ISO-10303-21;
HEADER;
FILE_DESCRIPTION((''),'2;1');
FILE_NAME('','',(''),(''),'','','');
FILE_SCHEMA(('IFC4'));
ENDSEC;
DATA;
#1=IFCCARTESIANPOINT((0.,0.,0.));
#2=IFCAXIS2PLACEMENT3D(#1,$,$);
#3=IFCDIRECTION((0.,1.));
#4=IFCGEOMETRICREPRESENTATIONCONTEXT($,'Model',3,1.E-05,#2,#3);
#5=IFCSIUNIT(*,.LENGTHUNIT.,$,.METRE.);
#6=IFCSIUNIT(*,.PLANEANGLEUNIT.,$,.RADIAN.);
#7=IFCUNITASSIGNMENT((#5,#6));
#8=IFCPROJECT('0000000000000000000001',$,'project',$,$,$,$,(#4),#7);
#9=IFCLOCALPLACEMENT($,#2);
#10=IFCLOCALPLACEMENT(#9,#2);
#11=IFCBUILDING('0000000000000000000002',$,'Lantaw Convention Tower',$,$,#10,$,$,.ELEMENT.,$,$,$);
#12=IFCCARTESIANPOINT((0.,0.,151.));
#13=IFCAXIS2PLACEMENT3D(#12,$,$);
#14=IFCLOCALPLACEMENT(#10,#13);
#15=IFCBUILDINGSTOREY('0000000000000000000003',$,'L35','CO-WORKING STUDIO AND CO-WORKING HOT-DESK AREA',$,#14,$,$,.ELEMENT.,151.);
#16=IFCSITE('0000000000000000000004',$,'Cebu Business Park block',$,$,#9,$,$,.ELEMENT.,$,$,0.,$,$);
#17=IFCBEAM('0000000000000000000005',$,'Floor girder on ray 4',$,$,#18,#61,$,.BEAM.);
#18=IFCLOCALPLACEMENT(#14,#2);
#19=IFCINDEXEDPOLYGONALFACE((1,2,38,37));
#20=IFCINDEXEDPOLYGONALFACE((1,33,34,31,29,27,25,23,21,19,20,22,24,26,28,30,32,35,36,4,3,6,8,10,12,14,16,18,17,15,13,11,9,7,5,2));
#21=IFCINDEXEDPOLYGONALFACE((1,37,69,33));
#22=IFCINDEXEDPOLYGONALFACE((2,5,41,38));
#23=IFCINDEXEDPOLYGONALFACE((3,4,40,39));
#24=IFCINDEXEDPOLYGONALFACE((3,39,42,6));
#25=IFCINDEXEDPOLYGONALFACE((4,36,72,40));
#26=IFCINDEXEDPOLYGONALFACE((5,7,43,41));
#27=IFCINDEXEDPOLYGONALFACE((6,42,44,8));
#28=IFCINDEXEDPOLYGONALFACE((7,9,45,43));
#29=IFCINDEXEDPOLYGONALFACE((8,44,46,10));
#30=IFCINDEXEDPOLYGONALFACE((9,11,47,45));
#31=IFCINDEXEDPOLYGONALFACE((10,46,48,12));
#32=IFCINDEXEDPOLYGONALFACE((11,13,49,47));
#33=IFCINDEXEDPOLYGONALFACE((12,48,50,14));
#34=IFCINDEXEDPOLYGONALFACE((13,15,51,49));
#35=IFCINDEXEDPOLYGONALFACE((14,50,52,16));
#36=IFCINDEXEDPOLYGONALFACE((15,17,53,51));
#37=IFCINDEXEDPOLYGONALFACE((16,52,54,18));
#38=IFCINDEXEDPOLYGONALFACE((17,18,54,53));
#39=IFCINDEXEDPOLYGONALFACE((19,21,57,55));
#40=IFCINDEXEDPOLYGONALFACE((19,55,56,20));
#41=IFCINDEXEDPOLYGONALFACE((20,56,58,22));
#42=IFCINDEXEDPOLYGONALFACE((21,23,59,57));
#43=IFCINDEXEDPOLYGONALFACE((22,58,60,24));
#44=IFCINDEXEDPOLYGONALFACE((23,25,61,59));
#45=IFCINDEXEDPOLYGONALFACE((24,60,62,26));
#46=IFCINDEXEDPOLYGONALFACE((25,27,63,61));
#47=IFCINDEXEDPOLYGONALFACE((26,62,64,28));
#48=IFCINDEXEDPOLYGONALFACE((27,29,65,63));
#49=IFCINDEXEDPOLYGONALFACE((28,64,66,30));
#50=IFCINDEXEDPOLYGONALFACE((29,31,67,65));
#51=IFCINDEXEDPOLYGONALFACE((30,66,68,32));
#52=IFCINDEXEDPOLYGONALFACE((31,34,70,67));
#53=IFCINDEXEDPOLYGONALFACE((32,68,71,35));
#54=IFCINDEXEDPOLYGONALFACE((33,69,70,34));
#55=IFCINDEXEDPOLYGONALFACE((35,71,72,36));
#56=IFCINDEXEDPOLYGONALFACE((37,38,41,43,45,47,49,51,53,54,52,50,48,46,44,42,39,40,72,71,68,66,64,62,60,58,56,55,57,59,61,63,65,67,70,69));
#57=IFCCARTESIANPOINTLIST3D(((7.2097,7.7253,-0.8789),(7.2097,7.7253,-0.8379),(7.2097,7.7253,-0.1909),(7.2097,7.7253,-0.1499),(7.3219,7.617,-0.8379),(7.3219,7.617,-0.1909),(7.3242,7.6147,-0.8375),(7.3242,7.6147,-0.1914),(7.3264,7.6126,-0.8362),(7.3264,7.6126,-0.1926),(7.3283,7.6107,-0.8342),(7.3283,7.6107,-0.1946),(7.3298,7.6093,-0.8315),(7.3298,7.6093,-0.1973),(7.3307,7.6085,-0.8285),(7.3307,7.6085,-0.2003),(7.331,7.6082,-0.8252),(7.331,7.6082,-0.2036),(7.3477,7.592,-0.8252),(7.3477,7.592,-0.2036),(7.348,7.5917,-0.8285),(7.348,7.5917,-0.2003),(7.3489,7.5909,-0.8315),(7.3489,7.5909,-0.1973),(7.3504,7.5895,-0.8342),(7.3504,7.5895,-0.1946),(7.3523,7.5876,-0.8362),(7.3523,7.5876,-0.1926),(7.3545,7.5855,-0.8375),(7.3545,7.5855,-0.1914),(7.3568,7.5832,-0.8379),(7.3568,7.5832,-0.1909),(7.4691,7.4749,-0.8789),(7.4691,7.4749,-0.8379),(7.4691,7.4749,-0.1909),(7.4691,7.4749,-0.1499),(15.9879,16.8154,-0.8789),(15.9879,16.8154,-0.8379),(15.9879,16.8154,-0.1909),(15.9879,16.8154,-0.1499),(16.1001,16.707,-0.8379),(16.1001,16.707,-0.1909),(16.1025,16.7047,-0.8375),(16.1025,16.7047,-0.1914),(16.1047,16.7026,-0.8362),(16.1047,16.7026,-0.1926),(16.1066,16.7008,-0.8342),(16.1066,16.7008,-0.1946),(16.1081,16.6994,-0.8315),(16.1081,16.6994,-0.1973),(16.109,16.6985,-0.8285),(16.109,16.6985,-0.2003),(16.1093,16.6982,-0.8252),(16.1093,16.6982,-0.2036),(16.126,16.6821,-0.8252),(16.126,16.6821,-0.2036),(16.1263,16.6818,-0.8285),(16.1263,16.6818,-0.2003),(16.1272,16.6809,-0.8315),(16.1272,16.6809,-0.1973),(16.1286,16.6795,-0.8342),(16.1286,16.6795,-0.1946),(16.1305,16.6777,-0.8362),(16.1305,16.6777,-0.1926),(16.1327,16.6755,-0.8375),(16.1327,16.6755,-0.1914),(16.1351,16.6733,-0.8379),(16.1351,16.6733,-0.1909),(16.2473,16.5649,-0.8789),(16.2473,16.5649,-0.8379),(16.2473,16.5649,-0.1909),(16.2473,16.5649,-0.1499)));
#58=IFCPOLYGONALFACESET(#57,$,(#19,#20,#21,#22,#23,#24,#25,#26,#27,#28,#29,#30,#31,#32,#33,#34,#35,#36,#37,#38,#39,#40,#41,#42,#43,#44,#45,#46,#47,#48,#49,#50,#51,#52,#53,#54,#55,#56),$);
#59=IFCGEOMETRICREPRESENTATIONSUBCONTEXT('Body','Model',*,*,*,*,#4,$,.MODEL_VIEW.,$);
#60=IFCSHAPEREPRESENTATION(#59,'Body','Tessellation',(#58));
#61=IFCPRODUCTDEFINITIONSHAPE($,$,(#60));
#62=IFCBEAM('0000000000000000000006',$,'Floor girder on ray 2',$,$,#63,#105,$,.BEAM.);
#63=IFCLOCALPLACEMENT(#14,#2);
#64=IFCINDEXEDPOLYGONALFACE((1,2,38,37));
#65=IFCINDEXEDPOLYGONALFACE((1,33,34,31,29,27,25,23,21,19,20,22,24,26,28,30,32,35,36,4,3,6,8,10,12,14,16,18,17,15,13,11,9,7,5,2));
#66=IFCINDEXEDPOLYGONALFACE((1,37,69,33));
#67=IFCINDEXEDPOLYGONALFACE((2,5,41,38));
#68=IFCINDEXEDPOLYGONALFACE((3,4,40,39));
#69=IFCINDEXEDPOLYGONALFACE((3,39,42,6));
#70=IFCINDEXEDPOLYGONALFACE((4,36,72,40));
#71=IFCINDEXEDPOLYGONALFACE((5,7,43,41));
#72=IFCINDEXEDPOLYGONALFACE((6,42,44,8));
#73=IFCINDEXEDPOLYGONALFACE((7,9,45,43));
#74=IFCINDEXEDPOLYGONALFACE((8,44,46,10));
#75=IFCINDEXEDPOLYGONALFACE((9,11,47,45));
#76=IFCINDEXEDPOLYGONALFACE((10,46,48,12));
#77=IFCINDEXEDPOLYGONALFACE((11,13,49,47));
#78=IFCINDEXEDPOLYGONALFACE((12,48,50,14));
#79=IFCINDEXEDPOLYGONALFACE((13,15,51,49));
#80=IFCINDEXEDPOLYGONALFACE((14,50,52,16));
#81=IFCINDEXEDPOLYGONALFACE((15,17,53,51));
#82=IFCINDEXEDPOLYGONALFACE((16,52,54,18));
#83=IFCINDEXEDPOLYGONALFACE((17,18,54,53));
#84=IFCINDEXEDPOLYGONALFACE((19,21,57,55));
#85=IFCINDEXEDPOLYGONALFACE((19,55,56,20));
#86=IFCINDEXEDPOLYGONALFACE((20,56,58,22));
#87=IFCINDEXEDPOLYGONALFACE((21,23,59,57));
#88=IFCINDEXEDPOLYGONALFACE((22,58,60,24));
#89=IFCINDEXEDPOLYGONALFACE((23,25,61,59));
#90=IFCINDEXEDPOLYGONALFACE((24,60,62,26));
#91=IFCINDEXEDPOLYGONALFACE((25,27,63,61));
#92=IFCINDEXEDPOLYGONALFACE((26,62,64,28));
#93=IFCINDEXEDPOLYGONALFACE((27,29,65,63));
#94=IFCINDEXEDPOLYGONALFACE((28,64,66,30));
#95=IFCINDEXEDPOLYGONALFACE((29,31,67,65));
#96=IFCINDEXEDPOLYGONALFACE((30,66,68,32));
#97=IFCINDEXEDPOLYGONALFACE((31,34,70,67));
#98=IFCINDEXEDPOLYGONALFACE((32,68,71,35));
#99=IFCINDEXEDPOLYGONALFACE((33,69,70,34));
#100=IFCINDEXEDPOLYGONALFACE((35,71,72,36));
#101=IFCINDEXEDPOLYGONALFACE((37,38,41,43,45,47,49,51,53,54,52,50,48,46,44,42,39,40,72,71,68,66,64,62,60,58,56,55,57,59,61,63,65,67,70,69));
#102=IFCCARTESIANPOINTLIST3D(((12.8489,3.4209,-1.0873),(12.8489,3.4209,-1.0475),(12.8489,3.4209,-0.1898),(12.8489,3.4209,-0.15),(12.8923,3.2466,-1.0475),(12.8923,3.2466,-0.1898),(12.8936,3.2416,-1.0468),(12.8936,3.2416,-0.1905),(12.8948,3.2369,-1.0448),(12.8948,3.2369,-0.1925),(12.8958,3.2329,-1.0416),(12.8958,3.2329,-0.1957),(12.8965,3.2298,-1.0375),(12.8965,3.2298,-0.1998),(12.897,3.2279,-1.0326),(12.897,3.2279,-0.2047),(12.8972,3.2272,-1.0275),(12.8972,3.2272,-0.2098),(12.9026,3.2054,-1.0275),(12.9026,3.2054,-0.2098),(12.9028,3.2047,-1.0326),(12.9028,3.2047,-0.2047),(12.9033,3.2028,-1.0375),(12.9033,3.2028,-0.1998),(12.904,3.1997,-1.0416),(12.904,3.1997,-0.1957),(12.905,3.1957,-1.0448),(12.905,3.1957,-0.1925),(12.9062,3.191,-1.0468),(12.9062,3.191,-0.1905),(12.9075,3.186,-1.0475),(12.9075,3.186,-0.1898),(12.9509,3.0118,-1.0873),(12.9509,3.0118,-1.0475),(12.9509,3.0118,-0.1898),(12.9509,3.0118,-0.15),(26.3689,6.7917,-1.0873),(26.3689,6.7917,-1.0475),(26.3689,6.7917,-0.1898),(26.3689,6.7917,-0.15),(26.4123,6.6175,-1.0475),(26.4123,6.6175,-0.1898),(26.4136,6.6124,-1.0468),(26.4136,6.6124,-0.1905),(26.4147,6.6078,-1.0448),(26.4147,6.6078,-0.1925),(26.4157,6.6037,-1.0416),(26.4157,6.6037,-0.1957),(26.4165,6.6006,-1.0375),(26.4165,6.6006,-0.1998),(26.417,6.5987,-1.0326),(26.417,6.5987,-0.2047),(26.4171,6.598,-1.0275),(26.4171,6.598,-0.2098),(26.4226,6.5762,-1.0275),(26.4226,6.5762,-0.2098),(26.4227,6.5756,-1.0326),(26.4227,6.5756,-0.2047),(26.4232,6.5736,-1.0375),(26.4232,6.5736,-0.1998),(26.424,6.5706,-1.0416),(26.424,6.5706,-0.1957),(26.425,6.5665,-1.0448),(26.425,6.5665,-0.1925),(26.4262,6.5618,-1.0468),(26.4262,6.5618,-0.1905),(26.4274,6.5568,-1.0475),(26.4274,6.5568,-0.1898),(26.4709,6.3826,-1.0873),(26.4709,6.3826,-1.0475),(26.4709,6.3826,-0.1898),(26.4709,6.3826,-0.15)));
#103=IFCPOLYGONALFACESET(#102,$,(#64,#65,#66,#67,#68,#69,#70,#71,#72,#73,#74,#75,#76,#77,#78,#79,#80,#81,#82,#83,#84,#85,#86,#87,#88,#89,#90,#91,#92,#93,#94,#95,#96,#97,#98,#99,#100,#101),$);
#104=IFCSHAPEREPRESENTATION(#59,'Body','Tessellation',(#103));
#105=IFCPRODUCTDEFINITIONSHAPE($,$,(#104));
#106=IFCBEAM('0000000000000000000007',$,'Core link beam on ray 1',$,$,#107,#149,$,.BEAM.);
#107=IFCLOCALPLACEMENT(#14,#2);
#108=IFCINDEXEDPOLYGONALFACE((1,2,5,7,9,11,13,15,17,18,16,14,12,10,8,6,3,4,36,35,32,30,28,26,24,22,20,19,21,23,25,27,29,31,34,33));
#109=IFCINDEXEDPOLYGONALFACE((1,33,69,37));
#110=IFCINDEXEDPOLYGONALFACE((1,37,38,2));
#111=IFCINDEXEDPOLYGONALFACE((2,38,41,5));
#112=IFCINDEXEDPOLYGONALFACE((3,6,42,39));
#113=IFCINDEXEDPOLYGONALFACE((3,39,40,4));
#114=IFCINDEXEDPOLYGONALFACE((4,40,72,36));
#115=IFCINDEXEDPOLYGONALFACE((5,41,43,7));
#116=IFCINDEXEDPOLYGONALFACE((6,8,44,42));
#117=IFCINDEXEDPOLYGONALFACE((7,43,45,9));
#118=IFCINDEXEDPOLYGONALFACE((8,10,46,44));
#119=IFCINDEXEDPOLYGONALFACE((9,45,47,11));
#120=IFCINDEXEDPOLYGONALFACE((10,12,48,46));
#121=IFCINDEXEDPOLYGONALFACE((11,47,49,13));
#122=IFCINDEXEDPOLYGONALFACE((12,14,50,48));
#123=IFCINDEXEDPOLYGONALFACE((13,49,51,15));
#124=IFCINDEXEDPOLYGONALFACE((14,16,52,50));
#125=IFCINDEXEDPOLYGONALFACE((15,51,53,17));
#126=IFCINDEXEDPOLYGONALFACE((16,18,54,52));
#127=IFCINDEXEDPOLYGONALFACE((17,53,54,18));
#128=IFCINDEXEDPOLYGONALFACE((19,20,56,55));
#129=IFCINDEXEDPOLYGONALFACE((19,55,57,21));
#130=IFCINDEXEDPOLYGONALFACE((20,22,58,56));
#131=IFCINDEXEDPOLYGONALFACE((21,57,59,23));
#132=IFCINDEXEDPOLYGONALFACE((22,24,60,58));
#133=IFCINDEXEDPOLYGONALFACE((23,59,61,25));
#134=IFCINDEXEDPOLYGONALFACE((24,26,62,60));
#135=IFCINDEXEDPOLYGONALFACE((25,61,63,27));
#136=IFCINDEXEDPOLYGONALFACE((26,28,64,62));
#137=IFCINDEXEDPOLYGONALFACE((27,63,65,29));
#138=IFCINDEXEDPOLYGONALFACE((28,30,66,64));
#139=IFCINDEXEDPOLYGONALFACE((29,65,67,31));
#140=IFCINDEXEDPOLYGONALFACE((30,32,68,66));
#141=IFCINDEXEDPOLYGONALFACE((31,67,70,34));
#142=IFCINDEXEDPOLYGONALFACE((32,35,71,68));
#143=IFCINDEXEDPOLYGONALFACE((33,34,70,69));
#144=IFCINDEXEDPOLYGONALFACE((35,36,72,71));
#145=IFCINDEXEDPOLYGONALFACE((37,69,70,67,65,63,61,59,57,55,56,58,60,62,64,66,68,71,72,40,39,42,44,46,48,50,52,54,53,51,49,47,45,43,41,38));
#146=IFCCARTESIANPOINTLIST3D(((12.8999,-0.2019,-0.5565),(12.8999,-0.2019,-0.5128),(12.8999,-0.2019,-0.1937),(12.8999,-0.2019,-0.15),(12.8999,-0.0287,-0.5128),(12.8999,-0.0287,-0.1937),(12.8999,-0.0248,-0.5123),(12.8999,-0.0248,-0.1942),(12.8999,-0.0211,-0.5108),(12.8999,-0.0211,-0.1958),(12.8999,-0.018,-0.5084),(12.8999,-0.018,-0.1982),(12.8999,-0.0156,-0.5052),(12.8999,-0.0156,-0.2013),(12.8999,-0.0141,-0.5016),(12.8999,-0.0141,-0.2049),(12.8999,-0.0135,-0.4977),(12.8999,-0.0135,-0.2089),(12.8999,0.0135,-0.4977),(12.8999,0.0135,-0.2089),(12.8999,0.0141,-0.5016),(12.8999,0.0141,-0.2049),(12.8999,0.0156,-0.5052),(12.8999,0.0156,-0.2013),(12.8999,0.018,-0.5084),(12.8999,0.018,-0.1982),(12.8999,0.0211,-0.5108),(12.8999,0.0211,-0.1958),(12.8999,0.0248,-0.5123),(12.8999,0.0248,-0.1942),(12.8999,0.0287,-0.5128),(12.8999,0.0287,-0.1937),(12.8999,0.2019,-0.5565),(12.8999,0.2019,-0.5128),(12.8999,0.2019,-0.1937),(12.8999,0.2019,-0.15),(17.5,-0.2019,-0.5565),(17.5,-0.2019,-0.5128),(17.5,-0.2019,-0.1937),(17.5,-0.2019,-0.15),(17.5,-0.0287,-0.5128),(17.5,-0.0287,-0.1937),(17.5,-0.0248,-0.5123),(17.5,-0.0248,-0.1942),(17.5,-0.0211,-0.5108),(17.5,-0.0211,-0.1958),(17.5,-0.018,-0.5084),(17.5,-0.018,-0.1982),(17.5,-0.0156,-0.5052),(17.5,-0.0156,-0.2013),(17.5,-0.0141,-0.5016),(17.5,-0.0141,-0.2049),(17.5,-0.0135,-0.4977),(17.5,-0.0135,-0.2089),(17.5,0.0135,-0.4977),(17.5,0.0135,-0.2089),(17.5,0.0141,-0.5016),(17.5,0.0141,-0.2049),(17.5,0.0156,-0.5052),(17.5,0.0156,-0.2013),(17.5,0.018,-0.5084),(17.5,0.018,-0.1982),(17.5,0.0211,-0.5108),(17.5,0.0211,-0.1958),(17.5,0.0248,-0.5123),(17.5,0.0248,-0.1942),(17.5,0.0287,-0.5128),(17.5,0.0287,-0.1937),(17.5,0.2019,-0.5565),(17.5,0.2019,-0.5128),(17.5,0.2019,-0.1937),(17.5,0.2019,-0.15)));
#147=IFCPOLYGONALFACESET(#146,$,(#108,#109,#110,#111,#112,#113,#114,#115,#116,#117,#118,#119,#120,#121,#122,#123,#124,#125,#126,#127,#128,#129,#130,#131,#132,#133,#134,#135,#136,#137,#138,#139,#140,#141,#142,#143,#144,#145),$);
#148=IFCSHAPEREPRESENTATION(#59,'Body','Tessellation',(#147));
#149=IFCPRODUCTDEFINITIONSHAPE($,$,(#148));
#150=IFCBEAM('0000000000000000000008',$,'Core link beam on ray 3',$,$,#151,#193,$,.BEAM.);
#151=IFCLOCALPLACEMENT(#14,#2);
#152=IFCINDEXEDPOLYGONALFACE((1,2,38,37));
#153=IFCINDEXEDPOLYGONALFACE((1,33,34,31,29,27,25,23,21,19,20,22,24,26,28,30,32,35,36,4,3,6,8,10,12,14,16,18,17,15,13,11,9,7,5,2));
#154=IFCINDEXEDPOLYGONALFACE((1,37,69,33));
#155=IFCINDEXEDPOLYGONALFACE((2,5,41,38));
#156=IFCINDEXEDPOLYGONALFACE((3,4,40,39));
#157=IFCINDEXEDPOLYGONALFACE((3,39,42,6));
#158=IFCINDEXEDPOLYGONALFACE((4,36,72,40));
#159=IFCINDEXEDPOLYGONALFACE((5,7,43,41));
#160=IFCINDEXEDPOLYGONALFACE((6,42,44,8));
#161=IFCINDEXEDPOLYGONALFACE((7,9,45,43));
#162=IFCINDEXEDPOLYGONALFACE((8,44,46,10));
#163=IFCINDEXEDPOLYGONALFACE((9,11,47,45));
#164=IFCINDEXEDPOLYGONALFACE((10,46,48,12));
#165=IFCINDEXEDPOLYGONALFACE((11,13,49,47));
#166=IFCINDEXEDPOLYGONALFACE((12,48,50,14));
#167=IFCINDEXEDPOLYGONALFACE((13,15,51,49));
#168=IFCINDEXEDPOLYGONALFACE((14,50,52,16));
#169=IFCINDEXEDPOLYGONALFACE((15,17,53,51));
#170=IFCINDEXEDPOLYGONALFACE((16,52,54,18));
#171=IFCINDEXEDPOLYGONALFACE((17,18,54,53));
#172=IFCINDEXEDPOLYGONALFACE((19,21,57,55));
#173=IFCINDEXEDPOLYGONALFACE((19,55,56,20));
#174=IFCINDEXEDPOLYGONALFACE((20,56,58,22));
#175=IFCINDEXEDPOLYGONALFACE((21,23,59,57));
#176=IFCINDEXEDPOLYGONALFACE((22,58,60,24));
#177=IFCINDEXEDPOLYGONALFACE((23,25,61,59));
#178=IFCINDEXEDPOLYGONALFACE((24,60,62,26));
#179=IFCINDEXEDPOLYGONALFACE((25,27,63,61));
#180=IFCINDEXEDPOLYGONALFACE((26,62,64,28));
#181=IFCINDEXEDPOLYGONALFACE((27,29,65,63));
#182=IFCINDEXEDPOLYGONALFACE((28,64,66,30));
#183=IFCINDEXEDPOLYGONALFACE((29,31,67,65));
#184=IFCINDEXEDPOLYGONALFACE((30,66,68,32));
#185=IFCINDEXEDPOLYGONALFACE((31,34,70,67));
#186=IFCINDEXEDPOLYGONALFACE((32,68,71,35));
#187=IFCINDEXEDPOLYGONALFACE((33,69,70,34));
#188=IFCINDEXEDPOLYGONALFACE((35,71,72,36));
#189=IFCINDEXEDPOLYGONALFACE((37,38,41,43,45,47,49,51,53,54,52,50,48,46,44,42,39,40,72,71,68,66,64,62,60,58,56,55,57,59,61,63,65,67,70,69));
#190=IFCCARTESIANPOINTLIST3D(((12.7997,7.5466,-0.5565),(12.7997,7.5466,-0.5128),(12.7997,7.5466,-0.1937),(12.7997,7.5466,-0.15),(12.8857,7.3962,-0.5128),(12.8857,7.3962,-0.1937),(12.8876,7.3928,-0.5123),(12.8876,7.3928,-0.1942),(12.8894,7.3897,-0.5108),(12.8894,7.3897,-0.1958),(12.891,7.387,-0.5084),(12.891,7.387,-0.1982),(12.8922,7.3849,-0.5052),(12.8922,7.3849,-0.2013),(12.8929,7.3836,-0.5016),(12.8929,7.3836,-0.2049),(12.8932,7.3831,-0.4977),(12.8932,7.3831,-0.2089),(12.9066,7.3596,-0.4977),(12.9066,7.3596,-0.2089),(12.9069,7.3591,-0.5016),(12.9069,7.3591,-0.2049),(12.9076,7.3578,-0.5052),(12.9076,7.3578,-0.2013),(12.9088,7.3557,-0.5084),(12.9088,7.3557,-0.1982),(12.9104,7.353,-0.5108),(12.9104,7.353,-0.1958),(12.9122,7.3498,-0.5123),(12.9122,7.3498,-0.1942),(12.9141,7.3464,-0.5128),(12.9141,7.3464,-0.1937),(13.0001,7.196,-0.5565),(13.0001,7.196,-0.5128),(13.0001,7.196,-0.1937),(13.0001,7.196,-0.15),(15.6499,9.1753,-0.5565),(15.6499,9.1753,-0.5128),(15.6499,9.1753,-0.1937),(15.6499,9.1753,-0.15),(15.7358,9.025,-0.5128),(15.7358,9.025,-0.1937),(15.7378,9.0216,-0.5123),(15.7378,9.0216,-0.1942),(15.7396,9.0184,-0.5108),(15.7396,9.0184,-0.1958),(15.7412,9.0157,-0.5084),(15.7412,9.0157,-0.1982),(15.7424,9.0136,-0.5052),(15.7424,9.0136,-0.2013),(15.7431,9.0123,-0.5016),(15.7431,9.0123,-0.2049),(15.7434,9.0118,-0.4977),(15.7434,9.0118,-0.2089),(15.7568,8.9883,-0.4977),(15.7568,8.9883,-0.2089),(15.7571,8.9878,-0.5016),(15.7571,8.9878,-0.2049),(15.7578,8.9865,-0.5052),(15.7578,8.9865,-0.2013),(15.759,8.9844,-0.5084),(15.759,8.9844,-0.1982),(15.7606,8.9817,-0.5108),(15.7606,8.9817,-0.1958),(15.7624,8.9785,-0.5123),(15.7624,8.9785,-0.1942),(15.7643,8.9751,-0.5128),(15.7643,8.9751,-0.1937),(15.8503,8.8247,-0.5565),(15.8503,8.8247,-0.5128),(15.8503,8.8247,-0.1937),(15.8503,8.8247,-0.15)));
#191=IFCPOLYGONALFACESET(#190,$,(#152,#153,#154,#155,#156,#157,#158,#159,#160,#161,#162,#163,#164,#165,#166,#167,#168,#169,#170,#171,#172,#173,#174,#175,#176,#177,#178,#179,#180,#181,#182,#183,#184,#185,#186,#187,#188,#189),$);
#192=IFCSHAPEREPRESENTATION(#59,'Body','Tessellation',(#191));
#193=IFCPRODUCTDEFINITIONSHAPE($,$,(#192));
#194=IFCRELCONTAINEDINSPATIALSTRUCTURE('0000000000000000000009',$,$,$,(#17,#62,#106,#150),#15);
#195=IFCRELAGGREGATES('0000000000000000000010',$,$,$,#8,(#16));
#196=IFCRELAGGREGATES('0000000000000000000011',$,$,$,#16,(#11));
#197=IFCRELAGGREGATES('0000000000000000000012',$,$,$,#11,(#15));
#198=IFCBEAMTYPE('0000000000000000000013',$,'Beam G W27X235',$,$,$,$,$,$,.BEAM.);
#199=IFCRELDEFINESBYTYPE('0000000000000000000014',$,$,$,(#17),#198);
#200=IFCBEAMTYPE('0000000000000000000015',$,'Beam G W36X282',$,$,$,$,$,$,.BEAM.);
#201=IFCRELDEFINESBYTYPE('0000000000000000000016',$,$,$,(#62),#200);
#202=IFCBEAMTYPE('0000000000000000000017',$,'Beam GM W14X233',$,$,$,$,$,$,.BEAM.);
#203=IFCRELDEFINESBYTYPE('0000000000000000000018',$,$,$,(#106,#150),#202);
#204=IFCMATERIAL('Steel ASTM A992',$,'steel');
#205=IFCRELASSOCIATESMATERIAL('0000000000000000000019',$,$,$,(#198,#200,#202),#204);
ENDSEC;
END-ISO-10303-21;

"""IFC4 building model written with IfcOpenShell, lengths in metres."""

from ifc_helpers import new_model, si_unit, direction, frame, origin, origin_2d, place, context, subcontext, project, spatial, i_section, extrude, material, material_profile, profile_set, type_object, element, save


model = new_model("IFC4")

# Units and contexts
model_context = context("Model", 3, precision=1e-05, world=origin(), true_north=direction((0.0, 1.0)))
body_context = subcontext(model_context, "Body", "Model", "MODEL_VIEW")
ifc_project = project(units=[si_unit("LENGTHUNIT", "METRE"), si_unit("PLANEANGLEUNIT", "RADIAN")], contexts=[model_context])

# Site, building, storey
site_placement = place(None, origin())
site = spatial("IfcSite", under=ifc_project, at=site_placement, Name="Cebu Business Park block", CompositionType="ELEMENT", RefElevation=0.0)
building_placement = place(site_placement, origin())
building = spatial("IfcBuilding", under=site, at=building_placement, Name="Lantaw Convention Tower", CompositionType="ELEMENT")
storey_placement = place(building_placement, frame((0.0, 0.0, 151.0)))
storey = spatial("IfcBuildingStorey", under=building, at=storey_placement, Name="L35", Description="CO-WORKING STUDIO AND CO-WORKING HOT-DESK AREA", CompositionType="ELEMENT", Elevation=151.0)

# Beams
ifc_material_1 = material(Name="Steel ASTM A992", Category="steel")
ifc_material_profile_1 = material_profile(ifc_material_1, i_section(OverallWidth=0.3606, OverallDepth=0.729, WebThickness=0.0232, FlangeThickness=0.041, FilletRadius=0.0127, at=origin_2d()), Name="W27X235")
ifc_profile_set_1 = profile_set([ifc_material_profile_1], Name="Steel ASTM A992")
beam_type_1 = type_object("IfcBeamType", Name="Beam G W27X235", PredefinedType="BEAM", material=ifc_profile_set_1)
beam_1_placement = place(storey_placement, frame((7.3394, 7.6001, -0.5144), z_axis=(0.694663, 0.719335, 0.0), x_axis=(-0.719335, 0.694663, 0.0)))
element("IfcBeam", 1, at=beam_1_placement, inside=storey, type_object=beam_type_1, Name="Floor girder on ray 4", PredefinedType="BEAM", context=body_context, shape_type="SweptSolid", body=[
    extrude(i_section(OverallWidth=0.3606, OverallDepth=0.729, WebThickness=0.0232, FlangeThickness=0.041, FilletRadius=0.0127, at=origin_2d()), origin(), (0.0, 0.0, 1.0), 12.6367),
])
ifc_material_profile_2 = material_profile(ifc_material_1, i_section(OverallWidth=0.4216, OverallDepth=0.9373, WebThickness=0.0225, FlangeThickness=0.0398, FilletRadius=0.02, at=origin_2d()), Name="W36X282")
ifc_profile_set_2 = profile_set([ifc_material_profile_2], Name="Steel ASTM A992")
beam_type_2 = type_object("IfcBeamType", Name="Beam G W36X282", PredefinedType="BEAM", material=ifc_profile_set_2)
beam_2_placement = place(storey_placement, frame((12.8999, 3.2163, -0.6187), z_axis=(0.970297, 0.241917, 0.0), x_axis=(-0.241917, 0.970297, 0.0)))
element("IfcBeam", 2, at=beam_2_placement, inside=storey, type_object=beam_type_2, Name="Floor girder on ray 2", PredefinedType="BEAM", context=body_context, shape_type="SweptSolid", body=[
    extrude(i_section(OverallWidth=0.4216, OverallDepth=0.9373, WebThickness=0.0225, FlangeThickness=0.0398, FilletRadius=0.02, at=origin_2d()), origin(), (0.0, 0.0, 1.0), 13.9338),
])
ifc_material_profile_3 = material_profile(ifc_material_1, i_section(OverallWidth=0.4038, OverallDepth=0.4065, WebThickness=0.0271, FlangeThickness=0.0437, FilletRadius=0.0151, at=origin_2d()), Name="W14X233")
ifc_profile_set_3 = profile_set([ifc_material_profile_3], Name="Steel ASTM A992")
beam_type_3 = type_object("IfcBeamType", Name="Beam GM W14X233", PredefinedType="BEAM", material=ifc_profile_set_3)
beam_3_placement = place(storey_placement, frame((12.8999, 0.0, -0.3533), z_axis=(1.0, 0.0, 0.0), x_axis=(0.0, 1.0, 0.0)))
element("IfcBeam", 3, at=beam_3_placement, inside=storey, type_object=beam_type_3, Name="Core link beam on ray 1", PredefinedType="BEAM", context=body_context, shape_type="SweptSolid", body=[
    extrude(i_section(OverallWidth=0.4038, OverallDepth=0.4065, WebThickness=0.0271, FlangeThickness=0.0437, FilletRadius=0.0151, at=origin_2d()), origin(), (0.0, 0.0, 1.0), 4.6001),
])
beam_4_placement = place(storey_placement, frame((12.8999, 7.3713, -0.3533), z_axis=(0.868239, 0.496147, 0.0), x_axis=(-0.496147, 0.868239, 0.0)))
element("IfcBeam", 4, at=beam_4_placement, inside=storey, type_object=beam_type_3, Name="Core link beam on ray 3", PredefinedType="BEAM", context=body_context, shape_type="SweptSolid", body=[
    extrude(i_section(OverallWidth=0.4038, OverallDepth=0.4065, WebThickness=0.0271, FlangeThickness=0.0437, FilletRadius=0.0151, at=origin_2d()), origin(), (0.0, 0.0, 1.0), 3.2827),
])

save(model, "model.ifc")
